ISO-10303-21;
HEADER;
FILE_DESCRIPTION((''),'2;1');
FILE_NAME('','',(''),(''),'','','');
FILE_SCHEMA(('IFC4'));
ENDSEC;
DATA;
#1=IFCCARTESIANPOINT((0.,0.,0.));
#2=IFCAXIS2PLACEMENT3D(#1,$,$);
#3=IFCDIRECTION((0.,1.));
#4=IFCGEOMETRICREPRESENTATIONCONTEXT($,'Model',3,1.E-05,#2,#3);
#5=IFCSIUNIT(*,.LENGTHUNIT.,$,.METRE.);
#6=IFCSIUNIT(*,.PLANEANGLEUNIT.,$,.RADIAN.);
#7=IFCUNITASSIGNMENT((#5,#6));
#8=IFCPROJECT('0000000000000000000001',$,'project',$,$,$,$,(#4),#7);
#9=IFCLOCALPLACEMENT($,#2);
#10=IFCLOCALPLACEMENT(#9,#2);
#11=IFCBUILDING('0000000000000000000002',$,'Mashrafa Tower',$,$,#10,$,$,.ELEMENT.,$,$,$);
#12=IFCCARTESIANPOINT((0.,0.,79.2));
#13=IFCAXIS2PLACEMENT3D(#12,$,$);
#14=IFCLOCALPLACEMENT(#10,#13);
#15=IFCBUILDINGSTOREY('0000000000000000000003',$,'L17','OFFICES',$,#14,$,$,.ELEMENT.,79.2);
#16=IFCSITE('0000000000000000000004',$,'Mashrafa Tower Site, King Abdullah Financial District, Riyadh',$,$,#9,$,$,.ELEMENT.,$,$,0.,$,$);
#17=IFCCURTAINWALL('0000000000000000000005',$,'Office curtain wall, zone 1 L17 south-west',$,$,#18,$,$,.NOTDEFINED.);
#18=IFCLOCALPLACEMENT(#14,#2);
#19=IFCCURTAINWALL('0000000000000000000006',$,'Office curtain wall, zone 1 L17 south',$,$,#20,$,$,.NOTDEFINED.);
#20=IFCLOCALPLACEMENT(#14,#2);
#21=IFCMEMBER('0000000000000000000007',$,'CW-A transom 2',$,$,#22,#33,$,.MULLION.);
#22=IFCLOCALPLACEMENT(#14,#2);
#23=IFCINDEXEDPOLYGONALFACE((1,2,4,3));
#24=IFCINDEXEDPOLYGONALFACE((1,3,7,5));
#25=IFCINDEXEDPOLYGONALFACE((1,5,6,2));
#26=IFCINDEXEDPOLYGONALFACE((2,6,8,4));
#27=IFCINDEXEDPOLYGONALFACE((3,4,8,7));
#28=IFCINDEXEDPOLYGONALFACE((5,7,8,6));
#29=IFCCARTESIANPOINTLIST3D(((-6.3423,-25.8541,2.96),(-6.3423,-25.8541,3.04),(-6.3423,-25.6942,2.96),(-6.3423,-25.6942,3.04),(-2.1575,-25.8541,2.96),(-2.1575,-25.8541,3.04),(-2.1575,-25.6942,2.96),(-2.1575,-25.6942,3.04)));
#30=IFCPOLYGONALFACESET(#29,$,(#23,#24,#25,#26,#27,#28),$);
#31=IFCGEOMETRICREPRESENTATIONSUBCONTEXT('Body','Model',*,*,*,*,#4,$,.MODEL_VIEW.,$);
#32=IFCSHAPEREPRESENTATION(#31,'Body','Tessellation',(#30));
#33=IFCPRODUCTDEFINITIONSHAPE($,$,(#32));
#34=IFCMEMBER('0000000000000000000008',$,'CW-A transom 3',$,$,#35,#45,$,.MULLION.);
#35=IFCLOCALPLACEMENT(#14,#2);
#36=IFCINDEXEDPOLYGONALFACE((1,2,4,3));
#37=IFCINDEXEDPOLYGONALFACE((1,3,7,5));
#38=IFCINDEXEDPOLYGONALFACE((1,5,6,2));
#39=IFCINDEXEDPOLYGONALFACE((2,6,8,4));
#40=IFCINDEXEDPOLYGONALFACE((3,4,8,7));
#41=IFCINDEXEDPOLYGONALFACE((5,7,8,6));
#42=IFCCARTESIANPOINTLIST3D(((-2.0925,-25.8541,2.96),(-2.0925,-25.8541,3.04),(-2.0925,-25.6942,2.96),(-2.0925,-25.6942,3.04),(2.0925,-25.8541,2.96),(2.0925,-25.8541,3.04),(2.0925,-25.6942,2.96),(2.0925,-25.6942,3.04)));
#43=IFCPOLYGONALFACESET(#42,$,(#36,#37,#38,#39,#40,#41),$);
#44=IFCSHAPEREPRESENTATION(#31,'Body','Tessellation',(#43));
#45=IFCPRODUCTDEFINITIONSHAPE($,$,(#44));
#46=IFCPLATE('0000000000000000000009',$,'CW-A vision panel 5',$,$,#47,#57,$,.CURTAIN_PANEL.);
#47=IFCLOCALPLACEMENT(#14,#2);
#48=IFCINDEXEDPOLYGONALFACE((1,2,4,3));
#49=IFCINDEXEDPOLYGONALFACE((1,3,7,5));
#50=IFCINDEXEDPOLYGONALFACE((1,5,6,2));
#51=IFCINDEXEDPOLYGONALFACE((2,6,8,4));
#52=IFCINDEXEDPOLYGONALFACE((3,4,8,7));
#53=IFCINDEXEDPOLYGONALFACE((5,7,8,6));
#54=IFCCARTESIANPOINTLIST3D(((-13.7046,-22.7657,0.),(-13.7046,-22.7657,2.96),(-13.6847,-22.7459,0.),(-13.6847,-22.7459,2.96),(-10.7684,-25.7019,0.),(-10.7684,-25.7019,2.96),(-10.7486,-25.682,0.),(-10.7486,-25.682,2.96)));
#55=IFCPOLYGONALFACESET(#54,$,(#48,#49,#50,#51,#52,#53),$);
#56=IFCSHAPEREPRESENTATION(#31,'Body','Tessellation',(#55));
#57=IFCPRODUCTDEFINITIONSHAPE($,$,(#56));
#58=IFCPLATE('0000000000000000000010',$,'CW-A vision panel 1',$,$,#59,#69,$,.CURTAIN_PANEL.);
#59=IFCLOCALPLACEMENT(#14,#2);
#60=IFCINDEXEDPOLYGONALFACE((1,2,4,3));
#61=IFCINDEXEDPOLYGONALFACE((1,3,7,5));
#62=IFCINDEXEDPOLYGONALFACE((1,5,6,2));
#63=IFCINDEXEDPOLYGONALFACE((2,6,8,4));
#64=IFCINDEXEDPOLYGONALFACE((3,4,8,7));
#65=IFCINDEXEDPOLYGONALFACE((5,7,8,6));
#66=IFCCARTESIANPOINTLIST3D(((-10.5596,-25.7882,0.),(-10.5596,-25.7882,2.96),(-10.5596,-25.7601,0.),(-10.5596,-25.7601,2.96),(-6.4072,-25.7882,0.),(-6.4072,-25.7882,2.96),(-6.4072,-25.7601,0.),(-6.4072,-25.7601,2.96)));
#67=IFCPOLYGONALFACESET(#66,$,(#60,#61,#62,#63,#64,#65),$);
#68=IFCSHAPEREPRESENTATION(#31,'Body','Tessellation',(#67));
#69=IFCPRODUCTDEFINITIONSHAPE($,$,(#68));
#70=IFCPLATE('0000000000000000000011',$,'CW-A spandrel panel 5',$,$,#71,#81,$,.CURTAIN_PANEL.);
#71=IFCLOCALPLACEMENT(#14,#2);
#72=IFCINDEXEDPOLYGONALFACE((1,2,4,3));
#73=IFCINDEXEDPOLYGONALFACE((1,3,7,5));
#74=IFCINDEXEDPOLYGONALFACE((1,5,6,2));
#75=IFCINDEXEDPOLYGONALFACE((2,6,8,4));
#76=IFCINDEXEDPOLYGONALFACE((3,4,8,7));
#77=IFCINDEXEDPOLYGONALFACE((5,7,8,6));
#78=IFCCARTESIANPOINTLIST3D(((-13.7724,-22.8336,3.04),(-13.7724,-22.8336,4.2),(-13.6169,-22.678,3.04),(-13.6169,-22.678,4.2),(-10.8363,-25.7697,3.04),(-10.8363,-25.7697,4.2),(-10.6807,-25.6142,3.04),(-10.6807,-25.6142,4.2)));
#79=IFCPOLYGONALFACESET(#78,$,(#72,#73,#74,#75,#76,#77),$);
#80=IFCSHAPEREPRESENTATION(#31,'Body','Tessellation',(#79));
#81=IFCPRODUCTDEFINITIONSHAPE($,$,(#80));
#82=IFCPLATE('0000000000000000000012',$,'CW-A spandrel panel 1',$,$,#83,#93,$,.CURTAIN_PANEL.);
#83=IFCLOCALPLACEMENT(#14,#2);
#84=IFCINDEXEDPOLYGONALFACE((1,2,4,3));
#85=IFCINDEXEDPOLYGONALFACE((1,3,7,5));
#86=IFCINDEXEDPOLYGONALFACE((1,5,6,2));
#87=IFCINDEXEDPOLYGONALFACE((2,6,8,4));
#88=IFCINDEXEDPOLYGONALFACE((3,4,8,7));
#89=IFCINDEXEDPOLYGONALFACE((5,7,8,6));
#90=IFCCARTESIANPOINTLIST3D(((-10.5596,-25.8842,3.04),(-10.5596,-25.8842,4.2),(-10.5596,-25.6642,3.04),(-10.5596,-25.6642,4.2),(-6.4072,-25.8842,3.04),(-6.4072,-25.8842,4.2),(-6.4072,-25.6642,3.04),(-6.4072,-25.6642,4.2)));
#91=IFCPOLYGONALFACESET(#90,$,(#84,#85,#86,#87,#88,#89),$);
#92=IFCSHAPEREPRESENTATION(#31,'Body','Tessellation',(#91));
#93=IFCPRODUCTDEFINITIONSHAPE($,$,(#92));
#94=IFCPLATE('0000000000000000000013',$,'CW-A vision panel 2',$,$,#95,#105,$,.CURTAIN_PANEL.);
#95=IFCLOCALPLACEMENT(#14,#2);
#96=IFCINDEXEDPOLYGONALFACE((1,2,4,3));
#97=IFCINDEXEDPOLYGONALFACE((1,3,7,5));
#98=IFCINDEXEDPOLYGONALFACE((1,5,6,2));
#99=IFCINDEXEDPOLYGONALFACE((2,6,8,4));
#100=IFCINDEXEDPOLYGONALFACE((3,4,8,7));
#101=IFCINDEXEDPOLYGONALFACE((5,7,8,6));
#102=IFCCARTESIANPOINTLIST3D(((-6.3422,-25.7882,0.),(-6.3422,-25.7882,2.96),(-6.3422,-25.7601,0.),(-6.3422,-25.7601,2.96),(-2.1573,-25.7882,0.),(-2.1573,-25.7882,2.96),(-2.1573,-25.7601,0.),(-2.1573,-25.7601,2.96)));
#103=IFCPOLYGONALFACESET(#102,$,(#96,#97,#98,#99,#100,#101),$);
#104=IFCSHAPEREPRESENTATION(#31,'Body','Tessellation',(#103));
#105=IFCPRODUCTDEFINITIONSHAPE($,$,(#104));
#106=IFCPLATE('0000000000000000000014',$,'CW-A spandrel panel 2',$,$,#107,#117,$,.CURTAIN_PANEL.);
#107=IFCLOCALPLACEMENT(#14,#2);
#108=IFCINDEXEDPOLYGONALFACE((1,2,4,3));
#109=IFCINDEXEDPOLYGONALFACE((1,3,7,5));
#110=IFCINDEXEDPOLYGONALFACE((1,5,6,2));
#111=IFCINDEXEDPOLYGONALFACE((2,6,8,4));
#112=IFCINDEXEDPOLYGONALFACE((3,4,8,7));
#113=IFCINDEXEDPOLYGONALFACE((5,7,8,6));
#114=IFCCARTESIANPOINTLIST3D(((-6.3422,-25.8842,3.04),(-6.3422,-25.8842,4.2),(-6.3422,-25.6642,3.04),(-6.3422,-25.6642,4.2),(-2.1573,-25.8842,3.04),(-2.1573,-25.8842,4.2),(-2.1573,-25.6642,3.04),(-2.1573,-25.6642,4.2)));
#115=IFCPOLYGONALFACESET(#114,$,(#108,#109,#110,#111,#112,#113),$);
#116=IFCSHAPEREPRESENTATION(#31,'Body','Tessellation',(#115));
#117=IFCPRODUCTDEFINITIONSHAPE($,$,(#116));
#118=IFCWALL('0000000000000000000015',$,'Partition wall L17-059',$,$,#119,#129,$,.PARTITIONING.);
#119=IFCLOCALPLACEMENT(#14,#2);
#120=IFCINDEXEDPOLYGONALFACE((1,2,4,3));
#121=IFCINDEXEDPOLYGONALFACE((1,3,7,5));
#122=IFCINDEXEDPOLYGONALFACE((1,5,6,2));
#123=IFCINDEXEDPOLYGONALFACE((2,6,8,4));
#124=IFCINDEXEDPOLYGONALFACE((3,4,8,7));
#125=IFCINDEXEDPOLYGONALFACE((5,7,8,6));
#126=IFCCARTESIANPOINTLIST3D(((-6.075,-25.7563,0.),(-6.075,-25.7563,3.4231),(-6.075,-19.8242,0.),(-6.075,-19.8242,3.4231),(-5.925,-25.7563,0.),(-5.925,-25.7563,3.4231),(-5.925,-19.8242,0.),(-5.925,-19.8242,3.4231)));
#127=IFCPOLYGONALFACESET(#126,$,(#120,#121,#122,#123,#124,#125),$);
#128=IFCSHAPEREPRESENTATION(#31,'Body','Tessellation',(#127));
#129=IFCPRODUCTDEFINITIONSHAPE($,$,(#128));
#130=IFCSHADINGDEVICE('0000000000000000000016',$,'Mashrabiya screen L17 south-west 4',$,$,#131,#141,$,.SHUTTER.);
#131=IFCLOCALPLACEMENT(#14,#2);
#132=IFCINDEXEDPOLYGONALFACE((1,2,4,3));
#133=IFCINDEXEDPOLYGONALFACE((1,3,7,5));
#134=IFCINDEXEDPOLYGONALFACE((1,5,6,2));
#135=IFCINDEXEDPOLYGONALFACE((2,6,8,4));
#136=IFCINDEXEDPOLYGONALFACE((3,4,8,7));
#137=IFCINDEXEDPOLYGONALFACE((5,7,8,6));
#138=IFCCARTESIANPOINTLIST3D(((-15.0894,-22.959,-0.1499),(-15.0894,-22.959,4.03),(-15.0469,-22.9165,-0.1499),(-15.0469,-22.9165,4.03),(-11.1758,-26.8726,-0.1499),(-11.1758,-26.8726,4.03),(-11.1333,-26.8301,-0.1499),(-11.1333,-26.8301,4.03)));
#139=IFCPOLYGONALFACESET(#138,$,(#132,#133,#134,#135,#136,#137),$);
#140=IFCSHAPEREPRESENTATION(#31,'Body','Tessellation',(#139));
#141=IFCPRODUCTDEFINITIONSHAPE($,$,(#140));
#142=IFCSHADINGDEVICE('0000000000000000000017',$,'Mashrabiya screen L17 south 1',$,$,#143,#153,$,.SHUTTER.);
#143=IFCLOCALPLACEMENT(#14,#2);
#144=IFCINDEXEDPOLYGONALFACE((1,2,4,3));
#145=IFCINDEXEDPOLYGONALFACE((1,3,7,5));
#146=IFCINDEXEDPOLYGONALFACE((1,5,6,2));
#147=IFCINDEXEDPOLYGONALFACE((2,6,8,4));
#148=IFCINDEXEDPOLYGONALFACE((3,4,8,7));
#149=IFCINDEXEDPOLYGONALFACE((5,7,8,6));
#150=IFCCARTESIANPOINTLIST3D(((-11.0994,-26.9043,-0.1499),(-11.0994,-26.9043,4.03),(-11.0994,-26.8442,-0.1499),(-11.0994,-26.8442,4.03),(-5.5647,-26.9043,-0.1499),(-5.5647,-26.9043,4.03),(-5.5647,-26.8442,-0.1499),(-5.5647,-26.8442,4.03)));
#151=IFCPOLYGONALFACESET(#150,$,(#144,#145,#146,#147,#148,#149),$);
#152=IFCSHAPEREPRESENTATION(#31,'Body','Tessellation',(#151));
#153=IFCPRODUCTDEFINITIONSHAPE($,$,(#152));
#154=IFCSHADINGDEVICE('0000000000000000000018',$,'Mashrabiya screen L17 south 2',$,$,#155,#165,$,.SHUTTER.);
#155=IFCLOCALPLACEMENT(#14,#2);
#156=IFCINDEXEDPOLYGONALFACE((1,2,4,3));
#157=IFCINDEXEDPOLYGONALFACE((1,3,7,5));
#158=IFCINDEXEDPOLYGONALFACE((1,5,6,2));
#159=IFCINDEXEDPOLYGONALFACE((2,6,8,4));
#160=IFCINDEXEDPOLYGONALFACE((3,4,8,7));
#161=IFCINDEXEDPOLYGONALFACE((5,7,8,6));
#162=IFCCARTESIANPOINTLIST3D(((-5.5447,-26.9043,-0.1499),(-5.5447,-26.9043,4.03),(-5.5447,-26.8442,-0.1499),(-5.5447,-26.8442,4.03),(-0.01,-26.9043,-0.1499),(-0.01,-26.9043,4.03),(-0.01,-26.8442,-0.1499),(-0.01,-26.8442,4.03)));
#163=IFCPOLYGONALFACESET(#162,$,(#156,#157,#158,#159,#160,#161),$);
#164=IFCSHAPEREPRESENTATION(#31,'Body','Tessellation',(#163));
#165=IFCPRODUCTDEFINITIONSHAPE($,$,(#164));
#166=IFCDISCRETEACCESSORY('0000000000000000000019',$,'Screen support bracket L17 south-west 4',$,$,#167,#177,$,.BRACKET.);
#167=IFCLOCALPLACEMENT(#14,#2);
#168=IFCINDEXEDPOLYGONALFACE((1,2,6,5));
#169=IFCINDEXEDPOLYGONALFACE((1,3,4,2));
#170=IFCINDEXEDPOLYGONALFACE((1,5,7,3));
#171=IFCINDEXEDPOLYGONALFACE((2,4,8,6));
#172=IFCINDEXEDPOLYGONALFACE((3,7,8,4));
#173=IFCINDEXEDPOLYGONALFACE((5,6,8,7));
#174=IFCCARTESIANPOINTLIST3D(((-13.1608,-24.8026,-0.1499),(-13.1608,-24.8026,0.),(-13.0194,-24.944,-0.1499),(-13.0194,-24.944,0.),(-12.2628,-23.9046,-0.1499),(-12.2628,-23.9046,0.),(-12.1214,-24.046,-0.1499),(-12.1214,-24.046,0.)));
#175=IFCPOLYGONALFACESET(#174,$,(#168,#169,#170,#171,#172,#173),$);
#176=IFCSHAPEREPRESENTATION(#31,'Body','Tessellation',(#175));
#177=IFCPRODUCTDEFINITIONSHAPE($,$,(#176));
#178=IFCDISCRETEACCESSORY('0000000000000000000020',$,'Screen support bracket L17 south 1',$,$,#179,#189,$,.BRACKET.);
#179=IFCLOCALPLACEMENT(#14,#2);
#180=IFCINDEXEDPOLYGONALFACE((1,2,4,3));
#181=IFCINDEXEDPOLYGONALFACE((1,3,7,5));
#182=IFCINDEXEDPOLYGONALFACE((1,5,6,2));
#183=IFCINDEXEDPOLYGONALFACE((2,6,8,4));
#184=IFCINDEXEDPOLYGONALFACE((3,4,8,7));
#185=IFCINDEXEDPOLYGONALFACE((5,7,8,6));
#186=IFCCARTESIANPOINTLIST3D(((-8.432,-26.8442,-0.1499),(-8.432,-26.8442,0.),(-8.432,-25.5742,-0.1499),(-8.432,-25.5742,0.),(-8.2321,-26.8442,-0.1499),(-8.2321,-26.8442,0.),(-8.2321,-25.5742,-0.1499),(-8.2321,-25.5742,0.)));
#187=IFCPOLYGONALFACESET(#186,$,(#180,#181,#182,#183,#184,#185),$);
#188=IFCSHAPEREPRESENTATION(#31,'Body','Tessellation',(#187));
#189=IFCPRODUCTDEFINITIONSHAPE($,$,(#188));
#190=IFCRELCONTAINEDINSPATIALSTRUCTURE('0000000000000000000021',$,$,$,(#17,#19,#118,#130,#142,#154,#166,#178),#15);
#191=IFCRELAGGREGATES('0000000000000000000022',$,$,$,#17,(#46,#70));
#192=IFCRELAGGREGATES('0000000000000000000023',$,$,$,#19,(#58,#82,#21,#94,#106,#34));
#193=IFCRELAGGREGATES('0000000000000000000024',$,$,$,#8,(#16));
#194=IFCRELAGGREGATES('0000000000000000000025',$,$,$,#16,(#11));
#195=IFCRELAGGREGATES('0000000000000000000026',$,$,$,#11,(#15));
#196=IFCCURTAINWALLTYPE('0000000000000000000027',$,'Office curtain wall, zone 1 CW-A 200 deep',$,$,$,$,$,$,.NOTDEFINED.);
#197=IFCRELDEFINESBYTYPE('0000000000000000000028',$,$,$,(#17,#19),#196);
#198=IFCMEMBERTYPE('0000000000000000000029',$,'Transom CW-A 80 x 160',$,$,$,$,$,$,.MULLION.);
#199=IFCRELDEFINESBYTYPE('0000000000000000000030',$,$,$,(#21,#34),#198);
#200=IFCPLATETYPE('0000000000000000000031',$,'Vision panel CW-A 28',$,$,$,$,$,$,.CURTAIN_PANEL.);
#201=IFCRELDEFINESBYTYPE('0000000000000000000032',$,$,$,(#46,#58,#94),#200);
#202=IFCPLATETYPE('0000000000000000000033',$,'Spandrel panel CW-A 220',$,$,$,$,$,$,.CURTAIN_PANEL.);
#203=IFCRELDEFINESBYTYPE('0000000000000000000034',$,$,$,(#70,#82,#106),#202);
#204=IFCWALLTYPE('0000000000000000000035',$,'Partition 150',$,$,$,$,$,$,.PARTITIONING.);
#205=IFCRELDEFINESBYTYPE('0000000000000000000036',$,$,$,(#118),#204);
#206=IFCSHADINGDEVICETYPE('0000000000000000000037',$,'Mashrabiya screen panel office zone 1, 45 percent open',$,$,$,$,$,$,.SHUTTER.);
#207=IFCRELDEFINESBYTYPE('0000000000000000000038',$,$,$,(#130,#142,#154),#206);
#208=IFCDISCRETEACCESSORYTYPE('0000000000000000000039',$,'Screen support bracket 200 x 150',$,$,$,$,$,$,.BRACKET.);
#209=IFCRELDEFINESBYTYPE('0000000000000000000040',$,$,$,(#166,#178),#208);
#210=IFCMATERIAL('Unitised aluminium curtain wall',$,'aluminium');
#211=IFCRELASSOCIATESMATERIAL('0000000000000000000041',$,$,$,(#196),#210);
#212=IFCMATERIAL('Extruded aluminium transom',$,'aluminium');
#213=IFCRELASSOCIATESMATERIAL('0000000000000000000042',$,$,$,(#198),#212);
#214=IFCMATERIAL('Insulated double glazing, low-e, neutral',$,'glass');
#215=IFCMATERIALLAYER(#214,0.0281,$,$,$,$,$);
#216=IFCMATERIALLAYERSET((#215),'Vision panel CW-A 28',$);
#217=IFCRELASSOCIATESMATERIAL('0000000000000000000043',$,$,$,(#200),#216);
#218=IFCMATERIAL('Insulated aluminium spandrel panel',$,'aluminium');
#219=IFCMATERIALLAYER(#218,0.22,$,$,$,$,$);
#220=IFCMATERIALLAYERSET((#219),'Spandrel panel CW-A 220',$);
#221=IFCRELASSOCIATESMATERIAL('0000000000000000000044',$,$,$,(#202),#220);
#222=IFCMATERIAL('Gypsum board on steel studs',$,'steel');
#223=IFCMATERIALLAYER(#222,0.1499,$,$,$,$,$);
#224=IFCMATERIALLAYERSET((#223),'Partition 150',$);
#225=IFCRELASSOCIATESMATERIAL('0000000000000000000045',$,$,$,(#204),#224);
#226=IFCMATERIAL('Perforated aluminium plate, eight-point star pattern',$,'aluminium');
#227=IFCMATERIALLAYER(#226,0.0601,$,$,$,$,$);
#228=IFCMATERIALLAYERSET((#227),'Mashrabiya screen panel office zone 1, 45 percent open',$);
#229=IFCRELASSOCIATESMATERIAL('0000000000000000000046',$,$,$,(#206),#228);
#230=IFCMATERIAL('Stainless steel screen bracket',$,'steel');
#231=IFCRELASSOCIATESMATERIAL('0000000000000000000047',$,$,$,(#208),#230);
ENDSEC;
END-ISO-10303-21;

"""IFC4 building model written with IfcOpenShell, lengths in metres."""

from ifc_helpers import new_model, si_unit, direction, frame, frame_2d, origin, origin_2d, place, context, subcontext, project, spatial, rectangle, extrude, source, transform, mapped, material, layer, layer_set, material_profile, profile_set, type_object, type_shapes, element, aggregate, save


model = new_model("IFC4")

# Units and contexts
model_context = context("Model", 3, precision=1e-05, world=origin(), true_north=direction((0.0, 1.0)))
body_context = subcontext(model_context, "Body", "Model", "MODEL_VIEW")
ifc_project = project(units=[si_unit("LENGTHUNIT", "METRE"), si_unit("PLANEANGLEUNIT", "RADIAN")], contexts=[model_context])

# Site, building, storey
site_placement = place(None, origin())
site = spatial("IfcSite", under=ifc_project, at=site_placement, Name="Mashrafa Tower Site, King Abdullah Financial District, Riyadh", CompositionType="ELEMENT", RefElevation=0.0)
building_placement = place(site_placement, origin())
building = spatial("IfcBuilding", under=site, at=building_placement, Name="Mashrafa Tower", CompositionType="ELEMENT")
storey_placement = place(building_placement, frame((0.0, 0.0, 79.2)))
storey = spatial("IfcBuildingStorey", under=building, at=storey_placement, Name="L17", Description="OFFICES", CompositionType="ELEMENT", Elevation=79.2)

# Curtain walls
ifc_material_1 = material(Name="Unitised aluminium curtain wall", Category="aluminium")
curtain_wall_type = type_object("IfcCurtainWallType", Name="Office curtain wall, zone 1 CW-A 200 deep", PredefinedType="NOTDEFINED", material=ifc_material_1)
curtain_wall_1_placement = place(storey_placement, origin())
curtain_wall_1 = element("IfcCurtainWall", 1, at=curtain_wall_1_placement, inside=storey, type_object=curtain_wall_type, Name="Office curtain wall, zone 1 L17 south-west", PredefinedType="NOTDEFINED")
curtain_wall_2_placement = place(storey_placement, origin())
curtain_wall_2 = element("IfcCurtainWall", 2, at=curtain_wall_2_placement, inside=storey, type_object=curtain_wall_type, Name="Office curtain wall, zone 1 L17 south", PredefinedType="NOTDEFINED")

# Members
ifc_material_2 = material(Name="Extruded aluminium transom", Category="aluminium")
ifc_material_profile_1 = material_profile(ifc_material_2, rectangle(XDim=0.1599, YDim=0.0801, at=origin_2d()), Name="Transom 80x160")
ifc_profile_set_1 = profile_set([ifc_material_profile_1], Name="Extruded aluminium transom")
member_type_1 = type_object("IfcMemberType", Name="Transom CW-A 80 x 160", PredefinedType="MULLION", material=ifc_profile_set_1)
shared_shape_1 = source(origin(), body_context, "Body", "SweptSolid", [
    extrude(rectangle(XDim=0.1599, YDim=0.0801, at=origin_2d()), origin(), (0.0, 0.0, 1.0), 4.1848),
])
member_1_placement = place(storey_placement, frame((-6.3423, -25.7742, 3.0), z_axis=(1.0, 0.0, 0.0), x_axis=(0.0, 1.0, 0.0)))
member_1 = element("IfcMember", 3, at=member_1_placement, type_object=member_type_1, Name="CW-A transom 2", PredefinedType="MULLION", context=body_context, shape_type="MappedRepresentation", body=[
    mapped(shared_shape_1, transform((0.0, 0.0, 0.0))),
])
shared_shape_2 = source(origin(), body_context, "Body", "SweptSolid", [
    extrude(rectangle(XDim=0.1599, YDim=0.0801, at=origin_2d()), origin(), (0.0, 0.0, 1.0), 4.1851),
])
member_2_placement = place(storey_placement, frame((-2.0925, -25.7742, 3.0), z_axis=(1.0, 0.0, 0.0), x_axis=(0.0, 1.0, 0.0)))
member_2 = element("IfcMember", 4, at=member_2_placement, type_object=member_type_1, Name="CW-A transom 3", PredefinedType="MULLION", context=body_context, shape_type="MappedRepresentation", body=[
    mapped(shared_shape_2, transform((0.0, 0.0, 0.0))),
])

# Plates
ifc_material_3 = material(Name="Insulated double glazing, low-e, neutral", Category="glass")
ifc_layer_1 = layer(ifc_material_3, 0.0281)
ifc_layer_set_1 = layer_set([ifc_layer_1], Name="Vision panel CW-A 28")
plate_type_1 = type_object("IfcPlateType", Name="Vision panel CW-A 28", PredefinedType="CURTAIN_PANEL", material=ifc_layer_set_1)
shared_shape_3 = source(origin(), body_context, "Body", "SweptSolid", [
    extrude(rectangle(XDim=4.1523, YDim=0.0281, at=origin_2d()), origin(), (0.0, 0.0, 1.0), 2.96),
])
plate_1_placement = place(storey_placement, frame((-12.2266, -24.2239, 0.0), z_axis=(0.0, 0.0, 1.0), x_axis=(0.707107, -0.707107, 0.0)))
plate_1 = element("IfcPlate", 5, at=plate_1_placement, type_object=plate_type_1, Name="CW-A vision panel 5", PredefinedType="CURTAIN_PANEL", context=body_context, shape_type="MappedRepresentation", body=[
    mapped(shared_shape_3, transform((0.0, 0.0, 0.0))),
])
plate_2_placement = place(storey_placement, frame((-8.4834, -25.7742, 0.0), z_axis=(0.0, 0.0, 1.0), x_axis=(1.0, 0.0, 0.0)))
plate_2 = element("IfcPlate", 6, at=plate_2_placement, type_object=plate_type_1, Name="CW-A vision panel 1", PredefinedType="CURTAIN_PANEL", context=body_context, shape_type="MappedRepresentation", body=[
    mapped(shared_shape_3, transform((0.0, 0.0, 0.0))),
])
ifc_material_4 = material(Name="Insulated aluminium spandrel panel", Category="aluminium")
ifc_layer_2 = layer(ifc_material_4, 0.22)
ifc_layer_set_2 = layer_set([ifc_layer_2], Name="Spandrel panel CW-A 220")
plate_type_2 = type_object("IfcPlateType", Name="Spandrel panel CW-A 220", PredefinedType="CURTAIN_PANEL", material=ifc_layer_set_2)
shared_shape_4 = source(origin(), body_context, "Body", "SweptSolid", [
    extrude(rectangle(XDim=4.1523, YDim=0.22, at=origin_2d()), origin(), (0.0, 0.0, 1.0), 1.1599),
])
plate_3_placement = place(storey_placement, frame((-12.2266, -24.2239, 3.04), z_axis=(0.0, 0.0, 1.0), x_axis=(0.707107, -0.707107, 0.0)))
plate_3 = element("IfcPlate", 7, at=plate_3_placement, type_object=plate_type_2, Name="CW-A spandrel panel 5", PredefinedType="CURTAIN_PANEL", context=body_context, shape_type="MappedRepresentation", body=[
    mapped(shared_shape_4, transform((0.0, 0.0, 0.0))),
])
aggregate(curtain_wall_1, [plate_1, plate_3])
plate_4_placement = place(storey_placement, frame((-8.4834, -25.7742, 3.04), z_axis=(0.0, 0.0, 1.0), x_axis=(1.0, 0.0, 0.0)))
plate_4 = element("IfcPlate", 8, at=plate_4_placement, type_object=plate_type_2, Name="CW-A spandrel panel 1", PredefinedType="CURTAIN_PANEL", context=body_context, shape_type="MappedRepresentation", body=[
    mapped(shared_shape_4, transform((0.0, 0.0, 0.0))),
])
shared_shape_5 = source(origin(), body_context, "Body", "SweptSolid", [
    extrude(rectangle(XDim=4.1848, YDim=0.0281, at=origin_2d()), origin(), (0.0, 0.0, 1.0), 2.96),
])
type_shapes(plate_type_1, [shared_shape_3, shared_shape_5])
plate_5_placement = place(storey_placement, frame((-4.2498, -25.7742, 0.0), z_axis=(0.0, 0.0, 1.0), x_axis=(1.0, 0.0, 0.0)))
plate_5 = element("IfcPlate", 9, at=plate_5_placement, type_object=plate_type_1, Name="CW-A vision panel 2", PredefinedType="CURTAIN_PANEL", context=body_context, shape_type="MappedRepresentation", body=[
    mapped(shared_shape_5, transform((0.0, 0.0, 0.0))),
])
shared_shape_6 = source(origin(), body_context, "Body", "SweptSolid", [
    extrude(rectangle(XDim=4.1848, YDim=0.22, at=origin_2d()), origin(), (0.0, 0.0, 1.0), 1.1599),
])
type_shapes(plate_type_2, [shared_shape_4, shared_shape_6])
plate_6_placement = place(storey_placement, frame((-4.2498, -25.7742, 3.04), z_axis=(0.0, 0.0, 1.0), x_axis=(1.0, 0.0, 0.0)))
plate_6 = element("IfcPlate", 10, at=plate_6_placement, type_object=plate_type_2, Name="CW-A spandrel panel 2", PredefinedType="CURTAIN_PANEL", context=body_context, shape_type="MappedRepresentation", body=[
    mapped(shared_shape_6, transform((0.0, 0.0, 0.0))),
])
aggregate(curtain_wall_2, [plate_2, plate_4, member_1, plate_5, plate_6, member_2])

# Wall
ifc_material_5 = material(Name="Gypsum board on steel studs", Category="steel")
ifc_layer_3 = layer(ifc_material_5, 0.1499)
ifc_layer_set_3 = layer_set([ifc_layer_3], Name="Partition 150")
wall_type = type_object("IfcWallType", Name="Partition 150", PredefinedType="PARTITIONING", material=ifc_layer_set_3)
wall_placement = place(storey_placement, frame((-6.0, -19.8242, 0.0), z_axis=(0.0, 0.0, 1.0), x_axis=(0.0, -1.0, 0.0)))
element("IfcWall", 11, at=wall_placement, inside=storey, type_object=wall_type, Name="Partition wall L17-059", PredefinedType="PARTITIONING", context=body_context, shape_type="SweptSolid", body=[
    extrude(rectangle(XDim=5.9321, YDim=0.1499, at=frame_2d((2.9661, 0.0))), origin(), (0.0, 0.0, 1.0), 3.4231),
])

# Shading devices
ifc_material_6 = material(Name="Perforated aluminium plate, eight-point star pattern", Category="aluminium")
ifc_layer_4 = layer(ifc_material_6, 0.0601)
ifc_layer_set_4 = layer_set([ifc_layer_4], Name="Mashrabiya screen panel office zone 1, 45 percent open")
shading_device_type = type_object("IfcShadingDeviceType", Name="Mashrabiya screen panel office zone 1, 45 percent open", PredefinedType="SHUTTER", material=ifc_layer_set_4)
shared_shape_7 = source(origin(), body_context, "Body", "SweptSolid", [
    extrude(rectangle(XDim=5.5347, YDim=0.0601, at=origin_2d()), origin(), (0.0, 0.0, 1.0), 4.1799),
])
type_shapes(shading_device_type, [shared_shape_7])
for number, where, z_axis, x_axis, name in (
    (12, (-13.1113, -24.8945, -0.1499), (0.0, 0.0, 1.0), (0.707107, -0.707107, 0.0), "Mashrabiya screen L17 south-west 4"),
    (13, (-8.332, -26.8743, -0.1499), (0.0, 0.0, 1.0), (1.0, 0.0, 0.0), "Mashrabiya screen L17 south 1"),
    (14, (-2.7773, -26.8743, -0.1499), (0.0, 0.0, 1.0), (1.0, 0.0, 0.0), "Mashrabiya screen L17 south 2"),
):
    element("IfcShadingDevice", number, at=place(storey_placement, frame(where, z_axis=z_axis, x_axis=x_axis)), inside=storey, type_object=shading_device_type, Name=name, PredefinedType="SHUTTER", context=body_context, shape_type="MappedRepresentation", body=[
        mapped(shared_shape_7, transform((0.0, 0.0, 0.0))),
    ])

# Discrete accessories
ifc_material_7 = material(Name="Stainless steel screen bracket", Category="steel")
discrete_accessory_type = type_object("IfcDiscreteAccessoryType", Name="Screen support bracket 200 x 150", PredefinedType="BRACKET", material=ifc_material_7)
shared_shape_8 = source(origin(), body_context, "Body", "SweptSolid", [
    extrude(rectangle(XDim=0.2, YDim=1.27, at=origin_2d()), origin(), (0.0, 0.0, 1.0), 0.1499),
])
type_shapes(discrete_accessory_type, [shared_shape_8])
for number, where, z_axis, x_axis, name in (
    (15, (-12.6411, -24.4243, -0.1499), (0.0, 0.0, 1.0), (0.707107, -0.707107, 0.0), "Screen support bracket L17 south-west 4"),
    (16, (-8.332, -26.2092, -0.1499), (0.0, 0.0, 1.0), (1.0, 0.0, 0.0), "Screen support bracket L17 south 1"),
):
    element("IfcDiscreteAccessory", number, at=place(storey_placement, frame(where, z_axis=z_axis, x_axis=x_axis)), inside=storey, type_object=discrete_accessory_type, Name=name, PredefinedType="BRACKET", context=body_context, shape_type="MappedRepresentation", body=[
        mapped(shared_shape_8, transform((0.0, 0.0, 0.0))),
    ])

save(model, "model.ifc")
